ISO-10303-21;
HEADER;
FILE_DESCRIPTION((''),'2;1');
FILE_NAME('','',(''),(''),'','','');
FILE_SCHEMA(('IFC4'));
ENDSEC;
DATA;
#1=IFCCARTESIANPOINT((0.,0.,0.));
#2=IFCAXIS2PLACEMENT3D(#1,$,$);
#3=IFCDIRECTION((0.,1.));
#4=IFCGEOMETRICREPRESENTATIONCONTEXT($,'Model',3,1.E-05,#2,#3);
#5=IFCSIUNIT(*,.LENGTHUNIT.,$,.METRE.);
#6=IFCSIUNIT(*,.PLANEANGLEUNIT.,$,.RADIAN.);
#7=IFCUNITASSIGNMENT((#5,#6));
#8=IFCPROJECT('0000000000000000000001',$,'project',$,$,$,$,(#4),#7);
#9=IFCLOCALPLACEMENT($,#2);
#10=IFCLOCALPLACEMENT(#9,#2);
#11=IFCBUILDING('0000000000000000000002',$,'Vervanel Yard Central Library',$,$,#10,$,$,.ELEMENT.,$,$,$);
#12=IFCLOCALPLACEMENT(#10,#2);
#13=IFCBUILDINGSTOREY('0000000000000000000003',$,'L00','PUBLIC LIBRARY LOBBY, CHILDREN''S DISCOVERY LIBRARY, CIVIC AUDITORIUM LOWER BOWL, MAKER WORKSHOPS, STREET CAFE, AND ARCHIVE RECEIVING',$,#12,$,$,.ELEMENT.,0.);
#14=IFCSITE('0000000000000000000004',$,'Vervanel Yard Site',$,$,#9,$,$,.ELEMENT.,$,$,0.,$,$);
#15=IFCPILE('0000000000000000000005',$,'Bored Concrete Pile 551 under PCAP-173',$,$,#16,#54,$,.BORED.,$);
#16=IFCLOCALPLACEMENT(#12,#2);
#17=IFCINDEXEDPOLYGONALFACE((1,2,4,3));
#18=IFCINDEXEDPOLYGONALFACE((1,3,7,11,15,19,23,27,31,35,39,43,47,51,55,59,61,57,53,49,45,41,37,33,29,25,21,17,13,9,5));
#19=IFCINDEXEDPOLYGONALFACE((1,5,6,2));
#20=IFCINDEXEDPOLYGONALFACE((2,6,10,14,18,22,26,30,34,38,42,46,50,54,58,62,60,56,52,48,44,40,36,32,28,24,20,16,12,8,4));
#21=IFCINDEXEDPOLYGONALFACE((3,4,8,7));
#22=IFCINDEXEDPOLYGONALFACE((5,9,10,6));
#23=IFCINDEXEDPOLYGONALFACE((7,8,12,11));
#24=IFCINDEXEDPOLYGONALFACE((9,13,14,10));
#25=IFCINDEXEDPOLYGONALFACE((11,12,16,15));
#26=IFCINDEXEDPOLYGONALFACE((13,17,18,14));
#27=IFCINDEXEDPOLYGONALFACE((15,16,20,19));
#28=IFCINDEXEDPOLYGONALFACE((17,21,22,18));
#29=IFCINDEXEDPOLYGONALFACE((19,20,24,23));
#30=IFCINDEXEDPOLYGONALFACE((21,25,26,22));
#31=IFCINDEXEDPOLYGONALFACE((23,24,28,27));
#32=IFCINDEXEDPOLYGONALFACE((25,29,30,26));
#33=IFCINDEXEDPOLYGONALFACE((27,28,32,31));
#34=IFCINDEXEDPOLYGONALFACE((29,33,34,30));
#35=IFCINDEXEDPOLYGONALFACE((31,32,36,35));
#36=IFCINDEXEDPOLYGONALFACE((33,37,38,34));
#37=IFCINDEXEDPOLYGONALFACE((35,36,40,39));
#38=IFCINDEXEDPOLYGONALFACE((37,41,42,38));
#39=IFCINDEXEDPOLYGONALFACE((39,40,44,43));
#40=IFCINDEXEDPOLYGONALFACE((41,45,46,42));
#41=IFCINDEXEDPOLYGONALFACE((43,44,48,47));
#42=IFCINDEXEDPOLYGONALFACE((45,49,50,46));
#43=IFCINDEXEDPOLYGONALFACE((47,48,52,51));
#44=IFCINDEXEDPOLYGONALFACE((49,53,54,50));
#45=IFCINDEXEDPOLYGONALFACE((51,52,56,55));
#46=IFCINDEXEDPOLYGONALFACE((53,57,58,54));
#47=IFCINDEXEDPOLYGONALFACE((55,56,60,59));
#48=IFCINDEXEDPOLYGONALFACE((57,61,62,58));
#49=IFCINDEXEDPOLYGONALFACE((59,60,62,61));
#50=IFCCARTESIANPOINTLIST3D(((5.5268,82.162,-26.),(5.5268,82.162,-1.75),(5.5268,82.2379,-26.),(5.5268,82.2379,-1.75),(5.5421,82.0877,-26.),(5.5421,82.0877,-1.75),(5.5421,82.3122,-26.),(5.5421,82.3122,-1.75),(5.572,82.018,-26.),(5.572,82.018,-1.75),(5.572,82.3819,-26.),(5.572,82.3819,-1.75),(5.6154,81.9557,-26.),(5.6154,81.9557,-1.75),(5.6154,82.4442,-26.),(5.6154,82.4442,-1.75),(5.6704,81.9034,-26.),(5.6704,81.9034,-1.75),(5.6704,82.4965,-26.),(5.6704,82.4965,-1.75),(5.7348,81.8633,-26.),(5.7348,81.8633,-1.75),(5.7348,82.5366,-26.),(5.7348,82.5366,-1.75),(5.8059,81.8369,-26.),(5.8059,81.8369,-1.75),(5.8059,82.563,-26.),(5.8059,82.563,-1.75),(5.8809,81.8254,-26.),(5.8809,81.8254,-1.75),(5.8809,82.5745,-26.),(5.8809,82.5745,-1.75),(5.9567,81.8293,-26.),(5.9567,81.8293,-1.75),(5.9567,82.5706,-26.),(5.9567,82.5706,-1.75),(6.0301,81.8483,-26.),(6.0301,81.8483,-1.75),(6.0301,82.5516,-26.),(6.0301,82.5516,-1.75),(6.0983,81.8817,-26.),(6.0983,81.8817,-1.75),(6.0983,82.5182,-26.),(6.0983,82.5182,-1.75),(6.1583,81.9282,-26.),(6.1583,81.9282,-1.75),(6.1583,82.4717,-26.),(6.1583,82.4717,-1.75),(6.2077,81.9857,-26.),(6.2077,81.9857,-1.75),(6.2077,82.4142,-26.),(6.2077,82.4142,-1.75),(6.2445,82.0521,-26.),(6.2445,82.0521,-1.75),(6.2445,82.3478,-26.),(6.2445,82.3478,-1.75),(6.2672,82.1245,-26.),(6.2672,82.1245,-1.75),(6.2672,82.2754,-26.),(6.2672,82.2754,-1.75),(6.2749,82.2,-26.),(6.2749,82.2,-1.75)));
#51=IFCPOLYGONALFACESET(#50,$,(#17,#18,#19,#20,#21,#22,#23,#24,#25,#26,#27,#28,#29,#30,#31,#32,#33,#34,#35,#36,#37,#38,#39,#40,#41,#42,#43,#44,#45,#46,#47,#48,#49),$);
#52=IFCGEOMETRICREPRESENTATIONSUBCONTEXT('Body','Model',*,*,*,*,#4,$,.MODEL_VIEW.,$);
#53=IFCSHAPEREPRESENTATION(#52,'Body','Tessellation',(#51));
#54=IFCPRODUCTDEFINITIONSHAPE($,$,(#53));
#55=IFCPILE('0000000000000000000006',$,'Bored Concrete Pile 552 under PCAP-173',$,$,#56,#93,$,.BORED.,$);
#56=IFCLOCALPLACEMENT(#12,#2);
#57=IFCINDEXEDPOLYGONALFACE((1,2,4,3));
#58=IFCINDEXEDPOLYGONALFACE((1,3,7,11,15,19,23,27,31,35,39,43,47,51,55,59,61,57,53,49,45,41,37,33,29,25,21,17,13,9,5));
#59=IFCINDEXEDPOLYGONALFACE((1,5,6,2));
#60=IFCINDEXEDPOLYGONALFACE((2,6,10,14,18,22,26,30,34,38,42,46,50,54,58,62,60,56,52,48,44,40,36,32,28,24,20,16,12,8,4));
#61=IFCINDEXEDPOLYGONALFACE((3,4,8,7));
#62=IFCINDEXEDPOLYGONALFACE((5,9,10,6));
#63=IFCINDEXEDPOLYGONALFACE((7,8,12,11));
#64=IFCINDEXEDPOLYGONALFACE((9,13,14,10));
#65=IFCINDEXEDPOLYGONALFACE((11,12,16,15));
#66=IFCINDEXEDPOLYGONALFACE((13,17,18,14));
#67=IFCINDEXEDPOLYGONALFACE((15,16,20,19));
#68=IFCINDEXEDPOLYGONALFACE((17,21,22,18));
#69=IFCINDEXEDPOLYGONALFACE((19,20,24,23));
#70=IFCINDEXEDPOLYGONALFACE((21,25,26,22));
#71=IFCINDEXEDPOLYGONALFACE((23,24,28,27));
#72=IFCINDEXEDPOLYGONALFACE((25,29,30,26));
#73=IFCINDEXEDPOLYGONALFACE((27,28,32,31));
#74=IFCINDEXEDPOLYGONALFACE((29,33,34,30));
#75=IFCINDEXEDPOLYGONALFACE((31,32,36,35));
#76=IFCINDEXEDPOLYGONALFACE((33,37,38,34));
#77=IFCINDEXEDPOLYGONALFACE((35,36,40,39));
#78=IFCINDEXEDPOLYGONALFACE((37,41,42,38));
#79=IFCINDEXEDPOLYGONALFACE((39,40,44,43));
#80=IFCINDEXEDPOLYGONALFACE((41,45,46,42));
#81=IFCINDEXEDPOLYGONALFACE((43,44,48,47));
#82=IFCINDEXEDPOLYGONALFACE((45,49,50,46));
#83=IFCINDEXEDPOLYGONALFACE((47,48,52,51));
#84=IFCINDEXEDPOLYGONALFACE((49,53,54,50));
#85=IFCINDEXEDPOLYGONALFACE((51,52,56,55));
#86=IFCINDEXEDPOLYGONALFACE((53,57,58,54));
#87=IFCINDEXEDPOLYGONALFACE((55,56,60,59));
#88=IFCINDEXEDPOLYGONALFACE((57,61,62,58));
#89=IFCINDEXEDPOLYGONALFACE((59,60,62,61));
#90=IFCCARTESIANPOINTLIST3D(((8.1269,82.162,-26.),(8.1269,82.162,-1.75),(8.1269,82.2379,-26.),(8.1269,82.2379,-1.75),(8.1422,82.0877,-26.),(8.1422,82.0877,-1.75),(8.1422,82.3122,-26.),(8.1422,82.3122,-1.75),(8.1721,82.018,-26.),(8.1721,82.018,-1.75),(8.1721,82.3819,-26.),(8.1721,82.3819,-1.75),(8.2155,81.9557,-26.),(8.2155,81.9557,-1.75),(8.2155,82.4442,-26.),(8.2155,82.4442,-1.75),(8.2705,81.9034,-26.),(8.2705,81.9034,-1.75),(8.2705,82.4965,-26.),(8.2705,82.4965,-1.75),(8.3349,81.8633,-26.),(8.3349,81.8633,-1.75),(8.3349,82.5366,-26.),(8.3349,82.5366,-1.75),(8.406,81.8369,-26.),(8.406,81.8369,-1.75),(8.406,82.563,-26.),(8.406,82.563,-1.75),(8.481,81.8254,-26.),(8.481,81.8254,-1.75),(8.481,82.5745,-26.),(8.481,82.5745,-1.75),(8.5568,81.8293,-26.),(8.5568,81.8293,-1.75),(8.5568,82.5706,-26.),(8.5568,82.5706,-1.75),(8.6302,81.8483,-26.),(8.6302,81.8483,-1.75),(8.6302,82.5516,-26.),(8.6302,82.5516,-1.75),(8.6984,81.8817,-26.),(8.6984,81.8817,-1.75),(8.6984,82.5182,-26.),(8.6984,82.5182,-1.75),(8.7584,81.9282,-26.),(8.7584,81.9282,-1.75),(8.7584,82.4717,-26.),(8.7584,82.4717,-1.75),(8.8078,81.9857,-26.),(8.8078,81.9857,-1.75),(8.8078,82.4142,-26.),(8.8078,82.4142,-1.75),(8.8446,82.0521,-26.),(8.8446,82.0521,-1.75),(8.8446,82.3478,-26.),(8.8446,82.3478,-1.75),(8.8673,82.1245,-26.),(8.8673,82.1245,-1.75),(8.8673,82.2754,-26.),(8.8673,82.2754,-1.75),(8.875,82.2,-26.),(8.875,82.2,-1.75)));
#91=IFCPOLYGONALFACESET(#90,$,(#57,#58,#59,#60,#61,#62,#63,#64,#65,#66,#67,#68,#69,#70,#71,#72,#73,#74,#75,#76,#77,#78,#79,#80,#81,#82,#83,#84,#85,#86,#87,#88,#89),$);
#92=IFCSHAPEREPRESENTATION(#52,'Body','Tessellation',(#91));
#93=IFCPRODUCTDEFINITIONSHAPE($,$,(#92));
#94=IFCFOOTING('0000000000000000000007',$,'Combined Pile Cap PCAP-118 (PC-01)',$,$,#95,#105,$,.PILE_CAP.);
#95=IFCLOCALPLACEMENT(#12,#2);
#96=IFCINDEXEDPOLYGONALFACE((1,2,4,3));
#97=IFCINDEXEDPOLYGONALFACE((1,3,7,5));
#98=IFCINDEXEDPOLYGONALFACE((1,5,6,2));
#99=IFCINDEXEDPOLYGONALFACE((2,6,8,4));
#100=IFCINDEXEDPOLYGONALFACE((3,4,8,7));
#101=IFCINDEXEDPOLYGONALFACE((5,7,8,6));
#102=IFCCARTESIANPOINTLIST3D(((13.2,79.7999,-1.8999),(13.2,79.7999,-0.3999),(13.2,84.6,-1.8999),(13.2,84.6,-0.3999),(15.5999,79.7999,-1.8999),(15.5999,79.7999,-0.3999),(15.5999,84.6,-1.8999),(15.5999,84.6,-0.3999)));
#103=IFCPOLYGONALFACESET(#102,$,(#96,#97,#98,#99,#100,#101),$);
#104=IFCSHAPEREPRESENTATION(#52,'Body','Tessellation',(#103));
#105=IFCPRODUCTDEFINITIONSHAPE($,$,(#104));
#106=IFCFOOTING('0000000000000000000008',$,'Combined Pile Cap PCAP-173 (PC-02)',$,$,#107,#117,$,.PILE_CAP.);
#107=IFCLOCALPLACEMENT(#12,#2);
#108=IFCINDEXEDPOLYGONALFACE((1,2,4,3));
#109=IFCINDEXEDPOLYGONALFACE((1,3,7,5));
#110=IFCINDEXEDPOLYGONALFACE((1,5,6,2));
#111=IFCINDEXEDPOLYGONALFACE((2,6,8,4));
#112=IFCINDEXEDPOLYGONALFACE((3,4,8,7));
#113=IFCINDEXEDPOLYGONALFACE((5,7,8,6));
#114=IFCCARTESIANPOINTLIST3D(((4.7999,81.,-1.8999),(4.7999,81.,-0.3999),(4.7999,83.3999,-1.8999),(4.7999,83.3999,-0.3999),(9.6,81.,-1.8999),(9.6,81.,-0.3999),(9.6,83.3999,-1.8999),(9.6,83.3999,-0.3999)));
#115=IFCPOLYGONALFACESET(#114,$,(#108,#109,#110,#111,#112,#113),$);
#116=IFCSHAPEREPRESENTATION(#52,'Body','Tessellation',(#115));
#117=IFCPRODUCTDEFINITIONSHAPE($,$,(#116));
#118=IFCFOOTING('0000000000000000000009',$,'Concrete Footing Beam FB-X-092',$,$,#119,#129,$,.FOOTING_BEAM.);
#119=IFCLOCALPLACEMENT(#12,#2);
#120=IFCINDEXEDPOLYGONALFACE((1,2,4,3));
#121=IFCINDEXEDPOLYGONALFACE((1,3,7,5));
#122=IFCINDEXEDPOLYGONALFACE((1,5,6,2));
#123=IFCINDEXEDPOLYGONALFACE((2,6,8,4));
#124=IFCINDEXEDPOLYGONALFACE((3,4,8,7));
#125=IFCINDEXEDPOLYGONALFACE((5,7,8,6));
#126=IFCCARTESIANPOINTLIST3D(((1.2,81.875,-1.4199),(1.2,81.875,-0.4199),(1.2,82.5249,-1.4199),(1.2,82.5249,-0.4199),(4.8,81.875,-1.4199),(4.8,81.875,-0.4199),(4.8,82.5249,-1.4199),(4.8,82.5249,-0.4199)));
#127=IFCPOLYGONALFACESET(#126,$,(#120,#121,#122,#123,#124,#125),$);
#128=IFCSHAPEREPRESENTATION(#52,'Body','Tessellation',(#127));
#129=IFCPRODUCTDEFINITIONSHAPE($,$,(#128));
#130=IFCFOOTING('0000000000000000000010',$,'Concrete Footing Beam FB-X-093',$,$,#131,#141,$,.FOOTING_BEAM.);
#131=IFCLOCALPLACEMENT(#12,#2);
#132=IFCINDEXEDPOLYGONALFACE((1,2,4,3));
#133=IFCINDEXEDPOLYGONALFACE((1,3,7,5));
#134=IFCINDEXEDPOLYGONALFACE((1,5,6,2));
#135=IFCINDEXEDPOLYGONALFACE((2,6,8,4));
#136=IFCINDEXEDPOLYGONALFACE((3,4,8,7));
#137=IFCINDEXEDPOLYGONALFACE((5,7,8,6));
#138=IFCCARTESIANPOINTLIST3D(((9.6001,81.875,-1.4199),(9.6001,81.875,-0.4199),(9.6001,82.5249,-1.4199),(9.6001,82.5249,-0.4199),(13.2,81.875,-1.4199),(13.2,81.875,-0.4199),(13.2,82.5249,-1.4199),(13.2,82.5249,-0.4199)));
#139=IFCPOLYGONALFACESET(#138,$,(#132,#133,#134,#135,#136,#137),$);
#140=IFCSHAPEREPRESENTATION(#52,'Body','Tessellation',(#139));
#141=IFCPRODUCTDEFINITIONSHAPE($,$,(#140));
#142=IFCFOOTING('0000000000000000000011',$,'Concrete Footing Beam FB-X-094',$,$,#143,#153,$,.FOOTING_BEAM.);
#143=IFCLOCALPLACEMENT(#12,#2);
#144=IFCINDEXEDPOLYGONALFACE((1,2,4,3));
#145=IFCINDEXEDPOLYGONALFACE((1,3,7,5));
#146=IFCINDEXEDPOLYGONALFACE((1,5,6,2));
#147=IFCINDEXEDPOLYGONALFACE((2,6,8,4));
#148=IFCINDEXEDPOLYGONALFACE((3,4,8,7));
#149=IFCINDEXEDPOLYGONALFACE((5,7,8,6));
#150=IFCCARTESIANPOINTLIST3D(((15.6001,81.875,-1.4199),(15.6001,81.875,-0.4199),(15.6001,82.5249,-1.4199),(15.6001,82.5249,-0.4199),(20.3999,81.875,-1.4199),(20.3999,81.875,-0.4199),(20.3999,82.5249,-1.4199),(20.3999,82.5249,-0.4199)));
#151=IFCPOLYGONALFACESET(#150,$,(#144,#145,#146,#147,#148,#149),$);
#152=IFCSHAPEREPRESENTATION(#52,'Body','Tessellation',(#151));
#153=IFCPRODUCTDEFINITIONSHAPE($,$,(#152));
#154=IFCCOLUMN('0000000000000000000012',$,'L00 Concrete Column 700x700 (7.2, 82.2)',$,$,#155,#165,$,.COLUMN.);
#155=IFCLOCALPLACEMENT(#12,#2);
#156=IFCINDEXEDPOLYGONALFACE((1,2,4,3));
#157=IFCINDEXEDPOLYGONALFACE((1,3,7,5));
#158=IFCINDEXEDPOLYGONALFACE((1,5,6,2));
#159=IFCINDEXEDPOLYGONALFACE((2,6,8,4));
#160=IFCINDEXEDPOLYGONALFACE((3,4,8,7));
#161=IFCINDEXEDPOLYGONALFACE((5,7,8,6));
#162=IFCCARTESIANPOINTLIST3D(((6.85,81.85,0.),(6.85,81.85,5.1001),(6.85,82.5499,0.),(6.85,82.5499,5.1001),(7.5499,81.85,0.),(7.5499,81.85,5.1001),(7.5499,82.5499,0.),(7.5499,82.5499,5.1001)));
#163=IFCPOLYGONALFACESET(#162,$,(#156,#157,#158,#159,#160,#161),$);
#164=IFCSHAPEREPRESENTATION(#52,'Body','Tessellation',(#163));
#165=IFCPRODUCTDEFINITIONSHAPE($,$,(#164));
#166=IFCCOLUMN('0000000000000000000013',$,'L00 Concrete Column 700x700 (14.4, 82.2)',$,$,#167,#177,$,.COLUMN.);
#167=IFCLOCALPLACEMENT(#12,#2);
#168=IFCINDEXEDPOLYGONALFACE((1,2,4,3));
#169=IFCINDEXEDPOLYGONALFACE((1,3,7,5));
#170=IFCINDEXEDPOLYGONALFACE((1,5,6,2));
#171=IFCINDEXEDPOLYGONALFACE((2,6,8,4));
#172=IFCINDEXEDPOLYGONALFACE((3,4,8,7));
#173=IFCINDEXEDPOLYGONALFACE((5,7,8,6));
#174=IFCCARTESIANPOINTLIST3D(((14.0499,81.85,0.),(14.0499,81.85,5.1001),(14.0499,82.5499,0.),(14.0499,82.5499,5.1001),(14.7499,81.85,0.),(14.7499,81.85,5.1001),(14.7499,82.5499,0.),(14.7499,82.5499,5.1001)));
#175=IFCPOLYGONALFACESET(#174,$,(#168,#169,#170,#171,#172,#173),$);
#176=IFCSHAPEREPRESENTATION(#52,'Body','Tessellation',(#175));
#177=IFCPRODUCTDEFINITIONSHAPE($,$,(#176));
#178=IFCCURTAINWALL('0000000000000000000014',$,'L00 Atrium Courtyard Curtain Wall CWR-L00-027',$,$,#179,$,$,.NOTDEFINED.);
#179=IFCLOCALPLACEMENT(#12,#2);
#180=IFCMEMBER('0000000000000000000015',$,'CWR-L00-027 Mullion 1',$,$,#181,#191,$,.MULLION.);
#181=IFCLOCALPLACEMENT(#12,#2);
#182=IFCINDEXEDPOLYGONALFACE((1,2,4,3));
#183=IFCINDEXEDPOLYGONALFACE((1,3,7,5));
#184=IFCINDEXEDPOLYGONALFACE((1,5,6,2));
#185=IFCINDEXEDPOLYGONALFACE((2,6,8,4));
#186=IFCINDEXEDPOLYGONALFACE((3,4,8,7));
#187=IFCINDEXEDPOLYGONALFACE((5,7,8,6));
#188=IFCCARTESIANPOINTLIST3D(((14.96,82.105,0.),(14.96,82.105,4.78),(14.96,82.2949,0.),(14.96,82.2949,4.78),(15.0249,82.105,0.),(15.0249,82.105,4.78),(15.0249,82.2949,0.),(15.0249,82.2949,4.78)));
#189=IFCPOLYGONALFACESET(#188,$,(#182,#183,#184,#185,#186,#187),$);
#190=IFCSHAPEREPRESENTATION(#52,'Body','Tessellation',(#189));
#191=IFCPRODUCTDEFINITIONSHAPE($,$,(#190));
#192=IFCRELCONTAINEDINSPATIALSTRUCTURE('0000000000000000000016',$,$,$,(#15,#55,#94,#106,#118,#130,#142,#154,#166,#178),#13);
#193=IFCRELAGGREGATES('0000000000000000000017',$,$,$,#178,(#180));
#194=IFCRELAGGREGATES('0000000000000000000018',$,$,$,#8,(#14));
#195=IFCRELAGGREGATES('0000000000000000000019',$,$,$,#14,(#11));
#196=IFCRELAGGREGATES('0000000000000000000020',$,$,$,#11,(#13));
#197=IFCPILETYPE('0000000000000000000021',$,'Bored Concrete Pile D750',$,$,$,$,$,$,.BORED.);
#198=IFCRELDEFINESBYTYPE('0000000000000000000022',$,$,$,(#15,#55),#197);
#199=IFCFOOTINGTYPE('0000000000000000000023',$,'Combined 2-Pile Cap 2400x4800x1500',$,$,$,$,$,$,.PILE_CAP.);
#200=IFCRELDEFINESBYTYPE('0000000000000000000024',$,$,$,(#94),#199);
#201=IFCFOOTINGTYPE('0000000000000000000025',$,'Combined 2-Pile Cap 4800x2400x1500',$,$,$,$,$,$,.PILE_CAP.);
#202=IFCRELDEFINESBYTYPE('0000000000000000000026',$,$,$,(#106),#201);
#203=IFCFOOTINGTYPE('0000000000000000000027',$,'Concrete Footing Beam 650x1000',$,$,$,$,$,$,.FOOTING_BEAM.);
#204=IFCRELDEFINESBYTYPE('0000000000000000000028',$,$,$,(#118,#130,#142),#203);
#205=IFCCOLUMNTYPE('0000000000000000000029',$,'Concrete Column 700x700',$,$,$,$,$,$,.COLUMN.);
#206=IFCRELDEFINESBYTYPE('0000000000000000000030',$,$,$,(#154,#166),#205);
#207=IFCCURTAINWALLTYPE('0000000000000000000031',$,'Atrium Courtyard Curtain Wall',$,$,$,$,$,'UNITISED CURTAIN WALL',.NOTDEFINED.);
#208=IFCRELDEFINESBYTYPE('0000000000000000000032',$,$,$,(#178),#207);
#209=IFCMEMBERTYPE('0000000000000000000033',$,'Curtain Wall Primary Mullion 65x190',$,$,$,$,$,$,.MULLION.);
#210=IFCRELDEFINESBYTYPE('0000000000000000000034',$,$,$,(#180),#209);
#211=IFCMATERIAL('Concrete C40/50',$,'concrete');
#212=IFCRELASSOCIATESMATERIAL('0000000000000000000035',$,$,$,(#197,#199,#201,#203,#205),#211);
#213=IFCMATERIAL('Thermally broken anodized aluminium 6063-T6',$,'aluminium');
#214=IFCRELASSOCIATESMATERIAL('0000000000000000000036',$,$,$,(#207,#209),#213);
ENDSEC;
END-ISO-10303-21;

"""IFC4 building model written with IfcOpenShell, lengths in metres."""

from ifc_helpers import new_model, si_unit, direction, frame, origin, origin_2d, place, context, subcontext, project, spatial, rectangle, circle, extrude, material, material_profile, profile_set, type_object, element, aggregate, save


model = new_model("IFC4")

# Units and contexts
model_context = context("Model", 3, precision=1e-05, world=origin(), true_north=direction((0.0, 1.0)))
body_context = subcontext(model_context, "Body", "Model", "MODEL_VIEW")
ifc_project = project(units=[si_unit("LENGTHUNIT", "METRE"), si_unit("PLANEANGLEUNIT", "RADIAN")], contexts=[model_context])

# Site, building, storey
site_placement = place(None, origin())
site = spatial("IfcSite", under=ifc_project, at=site_placement, Name="Vervanel Yard Site", CompositionType="ELEMENT", RefElevation=0.0)
building_placement = place(site_placement, origin())
building = spatial("IfcBuilding", under=site, at=building_placement, Name="Vervanel Yard Central Library", CompositionType="ELEMENT")
storey_placement = place(building_placement, origin())
storey = spatial("IfcBuildingStorey", under=building, at=storey_placement, Name="L00", Description="PUBLIC LIBRARY LOBBY, CHILDREN'S DISCOVERY LIBRARY, CIVIC AUDITORIUM LOWER BOWL, MAKER WORKSHOPS, STREET CAFE, AND ARCHIVE RECEIVING", CompositionType="ELEMENT", Elevation=0.0)

# Piles
ifc_material_1 = material(Name="Concrete C40/50", Category="concrete")
ifc_material_profile_1 = material_profile(ifc_material_1, circle(Radius=0.375, at=origin_2d()), Name="BP D750", Category="concrete")
ifc_profile_set_1 = profile_set([ifc_material_profile_1], Name="Concrete C40/50")
pile_type = type_object("IfcPileType", Name="Bored Concrete Pile D750", PredefinedType="BORED", material=ifc_profile_set_1)
for number, where, z_axis, x_axis, name in (
    (1, (5.8999, 82.2, -1.75), (0.0, 0.0, -1.0), (1.0, 0.0, 0.0), "Bored Concrete Pile 551 under PCAP-173"),
    (2, (8.5, 82.2, -1.75), (0.0, 0.0, -1.0), (1.0, 0.0, 0.0), "Bored Concrete Pile 552 under PCAP-173"),
):
    element("IfcPile", number, at=place(storey_placement, frame(where, z_axis=z_axis, x_axis=x_axis)), inside=storey, type_object=pile_type, Name=name, PredefinedType="BORED", context=body_context, shape_type="SweptSolid", body=[
        extrude(circle(Radius=0.375, at=origin_2d()), origin(), (0.0, 0.0, 1.0), 24.25),
    ])

# Footings
footing_type_1 = type_object("IfcFootingType", Name="Combined 2-Pile Cap 2400x4800x1500", PredefinedType="PILE_CAP", material=ifc_material_1)
footing_1_placement = place(storey_placement, frame((14.3999, 82.2, -1.8999), z_axis=(0.0, 0.0, 1.0), x_axis=(1.0, 0.0, 0.0)))
element("IfcFooting", 3, at=footing_1_placement, inside=storey, type_object=footing_type_1, Name="Combined Pile Cap PCAP-118 (PC-01)", PredefinedType="PILE_CAP", context=body_context, shape_type="SweptSolid", body=[
    extrude(rectangle(XDim=2.3999, YDim=4.8, at=origin_2d()), origin(), (0.0, 0.0, 1.0), 1.5),
])
footing_type_2 = type_object("IfcFootingType", Name="Combined 2-Pile Cap 4800x2400x1500", PredefinedType="PILE_CAP", material=ifc_material_1)
footing_2_placement = place(storey_placement, frame((7.2, 82.2, -1.8999), z_axis=(0.0, 0.0, 1.0), x_axis=(1.0, 0.0, 0.0)))
element("IfcFooting", 4, at=footing_2_placement, inside=storey, type_object=footing_type_2, Name="Combined Pile Cap PCAP-173 (PC-02)", PredefinedType="PILE_CAP", context=body_context, shape_type="SweptSolid", body=[
    extrude(rectangle(XDim=4.8, YDim=2.3999, at=origin_2d()), origin(), (0.0, 0.0, 1.0), 1.5),
])
ifc_material_profile_2 = material_profile(ifc_material_1, rectangle(XDim=0.6499, YDim=1.0, at=origin_2d()), Name="RC 650x1000", Category="concrete")
ifc_profile_set_2 = profile_set([ifc_material_profile_2], Name="Concrete C40/50")
footing_type_3 = type_object("IfcFootingType", Name="Concrete Footing Beam 650x1000", PredefinedType="FOOTING_BEAM", material=ifc_profile_set_2)
footing_3_placement = place(storey_placement, frame((1.2, 82.2, -0.9199), z_axis=(1.0, 0.0, 0.0), x_axis=(0.0, 1.0, 0.0)))
element("IfcFooting", 5, at=footing_3_placement, inside=storey, type_object=footing_type_3, Name="Concrete Footing Beam FB-X-092", PredefinedType="FOOTING_BEAM", context=body_context, shape_type="SweptSolid", body=[
    extrude(rectangle(XDim=0.6499, YDim=1.0, at=origin_2d()), origin(), (0.0, 0.0, 1.0), 3.6001),
])
footing_4_placement = place(storey_placement, frame((9.6001, 82.2, -0.9199), z_axis=(1.0, 0.0, 0.0), x_axis=(0.0, 1.0, 0.0)))
element("IfcFooting", 6, at=footing_4_placement, inside=storey, type_object=footing_type_3, Name="Concrete Footing Beam FB-X-093", PredefinedType="FOOTING_BEAM", context=body_context, shape_type="SweptSolid", body=[
    extrude(rectangle(XDim=0.6499, YDim=1.0, at=origin_2d()), origin(), (0.0, 0.0, 1.0), 3.5999),
])
footing_5_placement = place(storey_placement, frame((15.6001, 82.2, -0.9199), z_axis=(1.0, 0.0, 0.0), x_axis=(0.0, 1.0, 0.0)))
element("IfcFooting", 7, at=footing_5_placement, inside=storey, type_object=footing_type_3, Name="Concrete Footing Beam FB-X-094", PredefinedType="FOOTING_BEAM", context=body_context, shape_type="SweptSolid", body=[
    extrude(rectangle(XDim=0.6499, YDim=1.0, at=origin_2d()), origin(), (0.0, 0.0, 1.0), 4.7998),
])

# Columns
ifc_material_profile_3 = material_profile(ifc_material_1, rectangle(XDim=0.7, YDim=0.7, at=origin_2d()), Name="RC 700x700", Category="concrete")
ifc_profile_set_3 = profile_set([ifc_material_profile_3], Name="Concrete C40/50")
column_type = type_object("IfcColumnType", Name="Concrete Column 700x700", PredefinedType="COLUMN", material=ifc_profile_set_3)
for number, where, z_axis, x_axis, name in (
    (8, (7.2, 82.2, 0.0), (0.0, 0.0, 1.0), (1.0, 0.0, 0.0), "L00 Concrete Column 700x700 (7.2, 82.2)"),
    (9, (14.3999, 82.2, 0.0), (0.0, 0.0, 1.0), (1.0, 0.0, 0.0), "L00 Concrete Column 700x700 (14.4, 82.2)"),
):
    element("IfcColumn", number, at=place(storey_placement, frame(where, z_axis=z_axis, x_axis=x_axis)), inside=storey, type_object=column_type, Name=name, PredefinedType="COLUMN", context=body_context, shape_type="SweptSolid", body=[
        extrude(rectangle(XDim=0.7, YDim=0.7, at=origin_2d()), origin(), (0.0, 0.0, 1.0), 5.1001),
    ])

# Curtain wall, member
ifc_material_2 = material(Name="Thermally broken anodized aluminium 6063-T6", Category="aluminium")
curtain_wall_type = type_object("IfcCurtainWallType", Name="Atrium Courtyard Curtain Wall", ElementType="UNITISED CURTAIN WALL", PredefinedType="NOTDEFINED", material=ifc_material_2)
curtain_wall_placement = place(storey_placement, origin())
curtain_wall = element("IfcCurtainWall", 10, at=curtain_wall_placement, inside=storey, type_object=curtain_wall_type, Name="L00 Atrium Courtyard Curtain Wall CWR-L00-027", PredefinedType="NOTDEFINED")
ifc_material_profile_4 = material_profile(ifc_material_2, rectangle(XDim=0.0649, YDim=0.1899, at=origin_2d()), Name="ALU 65x190", Category="aluminium")
ifc_profile_set_4 = profile_set([ifc_material_profile_4], Name="Thermally broken anodized aluminium 6063-T6")
member_type_1 = type_object("IfcMemberType", Name="Curtain Wall Primary Mullion 65x190", PredefinedType="MULLION", material=ifc_profile_set_4)
member_1_placement = place(storey_placement, frame((14.9924, 82.2, 0.0), z_axis=(0.0, 0.0, 1.0), x_axis=(1.0, 0.0, 0.0)))
member_1 = element("IfcMember", 11, at=member_1_placement, type_object=member_type_1, Name="CWR-L00-027 Mullion 1", PredefinedType="MULLION", context=body_context, shape_type="SweptSolid", body=[
    extrude(rectangle(XDim=0.0649, YDim=0.1899, at=origin_2d()), origin(), (0.0, 0.0, 1.0), 4.78),
])
aggregate(curtain_wall, [member_1])

save(model, "model.ifc")
